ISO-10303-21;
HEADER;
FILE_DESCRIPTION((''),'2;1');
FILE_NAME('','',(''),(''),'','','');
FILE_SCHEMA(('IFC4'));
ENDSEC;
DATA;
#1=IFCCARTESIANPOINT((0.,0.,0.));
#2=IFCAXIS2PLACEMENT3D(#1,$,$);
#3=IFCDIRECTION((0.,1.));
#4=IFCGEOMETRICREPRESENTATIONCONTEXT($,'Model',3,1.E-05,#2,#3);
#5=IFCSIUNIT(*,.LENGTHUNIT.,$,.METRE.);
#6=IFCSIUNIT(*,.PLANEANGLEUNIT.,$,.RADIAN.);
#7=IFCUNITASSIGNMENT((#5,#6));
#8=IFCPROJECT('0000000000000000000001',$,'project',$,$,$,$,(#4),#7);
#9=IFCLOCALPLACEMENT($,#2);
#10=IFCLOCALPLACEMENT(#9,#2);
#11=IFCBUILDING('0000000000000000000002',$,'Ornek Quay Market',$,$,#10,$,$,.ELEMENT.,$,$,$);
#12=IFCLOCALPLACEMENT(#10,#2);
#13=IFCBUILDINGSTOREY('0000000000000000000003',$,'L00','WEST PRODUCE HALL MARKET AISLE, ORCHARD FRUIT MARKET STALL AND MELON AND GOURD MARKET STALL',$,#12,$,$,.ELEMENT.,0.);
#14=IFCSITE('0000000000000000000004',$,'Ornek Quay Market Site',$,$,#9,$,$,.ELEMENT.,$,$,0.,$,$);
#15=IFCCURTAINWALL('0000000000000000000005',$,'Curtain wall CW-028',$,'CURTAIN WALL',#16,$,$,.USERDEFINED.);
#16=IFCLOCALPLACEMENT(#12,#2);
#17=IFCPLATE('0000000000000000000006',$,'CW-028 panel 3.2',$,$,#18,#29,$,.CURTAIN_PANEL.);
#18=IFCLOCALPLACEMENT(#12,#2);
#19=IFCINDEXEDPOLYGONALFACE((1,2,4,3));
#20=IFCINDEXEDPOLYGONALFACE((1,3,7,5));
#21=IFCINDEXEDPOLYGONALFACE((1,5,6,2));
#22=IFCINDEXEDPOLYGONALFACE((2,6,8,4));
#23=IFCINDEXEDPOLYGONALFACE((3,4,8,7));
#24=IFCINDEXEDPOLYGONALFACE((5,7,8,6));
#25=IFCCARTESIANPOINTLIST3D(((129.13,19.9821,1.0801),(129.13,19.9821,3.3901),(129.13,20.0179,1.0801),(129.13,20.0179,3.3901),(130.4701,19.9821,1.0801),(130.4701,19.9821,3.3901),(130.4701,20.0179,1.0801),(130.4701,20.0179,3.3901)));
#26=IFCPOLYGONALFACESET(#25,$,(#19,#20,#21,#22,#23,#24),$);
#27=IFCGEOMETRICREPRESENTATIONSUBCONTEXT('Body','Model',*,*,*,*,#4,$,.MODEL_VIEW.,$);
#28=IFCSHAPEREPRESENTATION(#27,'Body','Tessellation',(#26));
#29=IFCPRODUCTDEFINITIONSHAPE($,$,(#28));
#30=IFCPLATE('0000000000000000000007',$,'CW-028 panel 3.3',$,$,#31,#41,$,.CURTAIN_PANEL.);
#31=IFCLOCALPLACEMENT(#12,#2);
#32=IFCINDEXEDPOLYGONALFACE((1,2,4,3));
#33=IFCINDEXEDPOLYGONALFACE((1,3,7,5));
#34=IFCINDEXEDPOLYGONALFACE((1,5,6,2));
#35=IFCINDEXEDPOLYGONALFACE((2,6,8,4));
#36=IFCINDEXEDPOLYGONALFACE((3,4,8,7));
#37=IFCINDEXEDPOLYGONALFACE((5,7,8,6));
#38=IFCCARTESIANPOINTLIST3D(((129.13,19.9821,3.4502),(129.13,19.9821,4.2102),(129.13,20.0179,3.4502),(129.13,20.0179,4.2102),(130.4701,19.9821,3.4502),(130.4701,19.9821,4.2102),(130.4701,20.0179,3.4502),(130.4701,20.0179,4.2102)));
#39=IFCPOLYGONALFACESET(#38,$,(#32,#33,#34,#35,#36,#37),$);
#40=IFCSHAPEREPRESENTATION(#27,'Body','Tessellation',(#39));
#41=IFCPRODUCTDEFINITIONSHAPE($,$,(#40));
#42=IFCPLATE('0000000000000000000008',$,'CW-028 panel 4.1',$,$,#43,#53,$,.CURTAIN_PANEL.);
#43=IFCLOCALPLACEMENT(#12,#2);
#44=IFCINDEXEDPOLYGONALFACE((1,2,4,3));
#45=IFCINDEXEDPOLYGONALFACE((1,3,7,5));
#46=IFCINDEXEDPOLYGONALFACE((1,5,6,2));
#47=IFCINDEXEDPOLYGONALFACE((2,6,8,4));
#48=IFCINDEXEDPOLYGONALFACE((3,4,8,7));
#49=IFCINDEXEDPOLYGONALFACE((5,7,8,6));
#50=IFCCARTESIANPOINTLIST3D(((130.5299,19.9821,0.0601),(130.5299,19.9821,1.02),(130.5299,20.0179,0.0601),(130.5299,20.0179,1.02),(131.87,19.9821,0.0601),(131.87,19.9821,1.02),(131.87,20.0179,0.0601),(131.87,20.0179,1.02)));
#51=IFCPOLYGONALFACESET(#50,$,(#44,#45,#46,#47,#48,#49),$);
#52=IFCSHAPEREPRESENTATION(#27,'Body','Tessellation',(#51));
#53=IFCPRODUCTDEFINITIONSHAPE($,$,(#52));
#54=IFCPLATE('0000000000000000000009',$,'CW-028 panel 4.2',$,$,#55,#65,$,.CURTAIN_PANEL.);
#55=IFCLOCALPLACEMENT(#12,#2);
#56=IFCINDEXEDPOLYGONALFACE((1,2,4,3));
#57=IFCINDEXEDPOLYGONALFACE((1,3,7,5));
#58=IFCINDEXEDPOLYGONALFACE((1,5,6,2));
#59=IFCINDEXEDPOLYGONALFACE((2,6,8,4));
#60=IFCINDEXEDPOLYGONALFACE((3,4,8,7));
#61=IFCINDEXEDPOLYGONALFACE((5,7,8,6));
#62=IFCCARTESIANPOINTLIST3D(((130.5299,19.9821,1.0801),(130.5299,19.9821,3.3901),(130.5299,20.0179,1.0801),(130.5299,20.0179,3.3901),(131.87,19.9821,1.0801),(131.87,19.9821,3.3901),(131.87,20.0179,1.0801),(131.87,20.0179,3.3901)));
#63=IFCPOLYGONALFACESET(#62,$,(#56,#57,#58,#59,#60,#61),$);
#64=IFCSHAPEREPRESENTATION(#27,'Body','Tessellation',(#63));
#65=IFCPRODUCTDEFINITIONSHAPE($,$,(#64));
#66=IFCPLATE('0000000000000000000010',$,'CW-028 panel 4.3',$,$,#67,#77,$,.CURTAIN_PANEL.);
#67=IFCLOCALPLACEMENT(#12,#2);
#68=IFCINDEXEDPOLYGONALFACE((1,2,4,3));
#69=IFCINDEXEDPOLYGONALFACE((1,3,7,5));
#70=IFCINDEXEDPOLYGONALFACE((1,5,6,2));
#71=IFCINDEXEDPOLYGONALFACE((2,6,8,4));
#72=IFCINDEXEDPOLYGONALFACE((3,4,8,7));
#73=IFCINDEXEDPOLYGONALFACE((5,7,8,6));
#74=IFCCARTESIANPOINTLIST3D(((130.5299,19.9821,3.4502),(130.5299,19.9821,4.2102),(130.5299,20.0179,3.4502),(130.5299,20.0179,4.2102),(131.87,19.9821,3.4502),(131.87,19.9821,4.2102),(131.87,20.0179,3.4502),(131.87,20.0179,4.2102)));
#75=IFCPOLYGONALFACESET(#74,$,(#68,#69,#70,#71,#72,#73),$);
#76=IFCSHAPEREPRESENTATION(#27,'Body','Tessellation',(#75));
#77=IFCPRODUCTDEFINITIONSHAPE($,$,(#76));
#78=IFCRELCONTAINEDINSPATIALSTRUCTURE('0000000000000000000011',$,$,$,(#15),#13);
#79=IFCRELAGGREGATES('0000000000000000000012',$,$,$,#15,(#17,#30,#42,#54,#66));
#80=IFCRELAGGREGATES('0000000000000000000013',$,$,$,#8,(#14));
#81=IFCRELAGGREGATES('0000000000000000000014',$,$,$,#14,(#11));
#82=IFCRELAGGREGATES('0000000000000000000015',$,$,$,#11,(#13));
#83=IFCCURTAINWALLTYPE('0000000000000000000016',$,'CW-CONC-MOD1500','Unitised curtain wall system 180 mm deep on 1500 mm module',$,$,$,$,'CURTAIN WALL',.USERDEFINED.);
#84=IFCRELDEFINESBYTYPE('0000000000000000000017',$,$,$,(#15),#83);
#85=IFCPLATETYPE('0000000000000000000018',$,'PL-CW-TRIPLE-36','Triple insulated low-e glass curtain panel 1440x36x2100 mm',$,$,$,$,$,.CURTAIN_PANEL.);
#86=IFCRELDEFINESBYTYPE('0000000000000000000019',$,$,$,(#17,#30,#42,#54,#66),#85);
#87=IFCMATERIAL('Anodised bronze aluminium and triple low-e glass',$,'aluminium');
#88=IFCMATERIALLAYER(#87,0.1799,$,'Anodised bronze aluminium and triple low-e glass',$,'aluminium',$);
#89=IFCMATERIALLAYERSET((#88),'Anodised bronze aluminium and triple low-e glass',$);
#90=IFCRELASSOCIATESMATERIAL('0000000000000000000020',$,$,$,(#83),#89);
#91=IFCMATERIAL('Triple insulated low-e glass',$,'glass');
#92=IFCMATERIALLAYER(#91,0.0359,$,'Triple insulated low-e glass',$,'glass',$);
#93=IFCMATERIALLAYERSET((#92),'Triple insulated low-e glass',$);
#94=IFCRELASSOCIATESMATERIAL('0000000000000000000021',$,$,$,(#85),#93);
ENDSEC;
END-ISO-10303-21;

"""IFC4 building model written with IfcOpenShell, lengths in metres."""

from ifc_helpers import new_model, si_unit, direction, frame, origin, origin_2d, place, context, subcontext, project, spatial, rectangle, extrude, material, layer, layer_set, type_object, element, aggregate, save


model = new_model("IFC4")

# Units and contexts
model_context = context("Model", 3, precision=1e-05, world=origin(), true_north=direction((0.0, 1.0)))
body_context = subcontext(model_context, "Body", "Model", "MODEL_VIEW")
ifc_project = project(units=[si_unit("LENGTHUNIT", "METRE"), si_unit("PLANEANGLEUNIT", "RADIAN")], contexts=[model_context])

# Site, building, storey
site_placement = place(None, origin())
site = spatial("IfcSite", under=ifc_project, at=site_placement, Name="Ornek Quay Market Site", CompositionType="ELEMENT", RefElevation=0.0)
building_placement = place(site_placement, origin())
building = spatial("IfcBuilding", under=site, at=building_placement, Name="Ornek Quay Market", CompositionType="ELEMENT")
storey_placement = place(building_placement, origin())
storey = spatial("IfcBuildingStorey", under=building, at=storey_placement, Name="L00", Description="WEST PRODUCE HALL MARKET AISLE, ORCHARD FRUIT MARKET STALL AND MELON AND GOURD MARKET STALL", CompositionType="ELEMENT", Elevation=0.0)

# Curtain wall, plates
ifc_material_1 = material(Name="Anodised bronze aluminium and triple low-e glass", Category="aluminium")
ifc_layer_1 = layer(ifc_material_1, 0.1799, Name="Anodised bronze aluminium and triple low-e glass", Category="aluminium")
ifc_layer_set_1 = layer_set([ifc_layer_1], Name="Anodised bronze aluminium and triple low-e glass")
curtain_wall_type = type_object("IfcCurtainWallType", Name="CW-CONC-MOD1500", Description="Unitised curtain wall system 180 mm deep on 1500 mm module", ElementType="CURTAIN WALL", PredefinedType="USERDEFINED", material=ifc_layer_set_1)
curtain_wall_placement = place(storey_placement, origin())
curtain_wall = element("IfcCurtainWall", 1, at=curtain_wall_placement, inside=storey, type_object=curtain_wall_type, Name="Curtain wall CW-028", ObjectType="CURTAIN WALL", PredefinedType="USERDEFINED")
ifc_material_2 = material(Name="Triple insulated low-e glass", Category="glass")
ifc_layer_2 = layer(ifc_material_2, 0.0359, Name="Triple insulated low-e glass", Category="glass")
ifc_layer_set_2 = layer_set([ifc_layer_2], Name="Triple insulated low-e glass")
plate_type = type_object("IfcPlateType", Name="PL-CW-TRIPLE-36", Description="Triple insulated low-e glass curtain panel 1440x36x2100 mm", PredefinedType="CURTAIN_PANEL", material=ifc_layer_set_2)
plate_1_placement = place(storey_placement, frame((129.8, 20.0, 1.0801), z_axis=(0.0, 0.0, 1.0), x_axis=(1.0, 0.0, 0.0)))
plate_1 = element("IfcPlate", 2, at=plate_1_placement, type_object=plate_type, Name="CW-028 panel 3.2", PredefinedType="CURTAIN_PANEL", context=body_context, shape_type="SweptSolid", body=[
    extrude(rectangle(XDim=1.3401, YDim=0.0359, at=origin_2d()), origin(), (0.0, 0.0, 1.0), 2.3101),
])
plate_2_placement = place(storey_placement, frame((129.8, 20.0, 3.4502), z_axis=(0.0, 0.0, 1.0), x_axis=(1.0, 0.0, 0.0)))
plate_2 = element("IfcPlate", 3, at=plate_2_placement, type_object=plate_type, Name="CW-028 panel 3.3", PredefinedType="CURTAIN_PANEL", context=body_context, shape_type="SweptSolid", body=[
    extrude(rectangle(XDim=1.3401, YDim=0.0359, at=origin_2d()), origin(), (0.0, 0.0, 1.0), 0.76),
])
plate_3_placement = place(storey_placement, frame((131.2, 20.0, 0.0601), z_axis=(0.0, 0.0, 1.0), x_axis=(1.0, 0.0, 0.0)))
plate_3 = element("IfcPlate", 4, at=plate_3_placement, type_object=plate_type, Name="CW-028 panel 4.1", PredefinedType="CURTAIN_PANEL", context=body_context, shape_type="SweptSolid", body=[
    extrude(rectangle(XDim=1.3401, YDim=0.0359, at=origin_2d()), origin(), (0.0, 0.0, 1.0), 0.96),
])
plate_4_placement = place(storey_placement, frame((131.2, 20.0, 1.0801), z_axis=(0.0, 0.0, 1.0), x_axis=(1.0, 0.0, 0.0)))
plate_4 = element("IfcPlate", 5, at=plate_4_placement, type_object=plate_type, Name="CW-028 panel 4.2", PredefinedType="CURTAIN_PANEL", context=body_context, shape_type="SweptSolid", body=[
    extrude(rectangle(XDim=1.3401, YDim=0.0359, at=origin_2d()), origin(), (0.0, 0.0, 1.0), 2.3101),
])
plate_5_placement = place(storey_placement, frame((131.2, 20.0, 3.4502), z_axis=(0.0, 0.0, 1.0), x_axis=(1.0, 0.0, 0.0)))
plate_5 = element("IfcPlate", 6, at=plate_5_placement, type_object=plate_type, Name="CW-028 panel 4.3", PredefinedType="CURTAIN_PANEL", context=body_context, shape_type="SweptSolid", body=[
    extrude(rectangle(XDim=1.3401, YDim=0.0359, at=origin_2d()), origin(), (0.0, 0.0, 1.0), 0.76),
])
aggregate(curtain_wall, [plate_1, plate_2, plate_3, plate_4, plate_5])

save(model, "model.ifc")
